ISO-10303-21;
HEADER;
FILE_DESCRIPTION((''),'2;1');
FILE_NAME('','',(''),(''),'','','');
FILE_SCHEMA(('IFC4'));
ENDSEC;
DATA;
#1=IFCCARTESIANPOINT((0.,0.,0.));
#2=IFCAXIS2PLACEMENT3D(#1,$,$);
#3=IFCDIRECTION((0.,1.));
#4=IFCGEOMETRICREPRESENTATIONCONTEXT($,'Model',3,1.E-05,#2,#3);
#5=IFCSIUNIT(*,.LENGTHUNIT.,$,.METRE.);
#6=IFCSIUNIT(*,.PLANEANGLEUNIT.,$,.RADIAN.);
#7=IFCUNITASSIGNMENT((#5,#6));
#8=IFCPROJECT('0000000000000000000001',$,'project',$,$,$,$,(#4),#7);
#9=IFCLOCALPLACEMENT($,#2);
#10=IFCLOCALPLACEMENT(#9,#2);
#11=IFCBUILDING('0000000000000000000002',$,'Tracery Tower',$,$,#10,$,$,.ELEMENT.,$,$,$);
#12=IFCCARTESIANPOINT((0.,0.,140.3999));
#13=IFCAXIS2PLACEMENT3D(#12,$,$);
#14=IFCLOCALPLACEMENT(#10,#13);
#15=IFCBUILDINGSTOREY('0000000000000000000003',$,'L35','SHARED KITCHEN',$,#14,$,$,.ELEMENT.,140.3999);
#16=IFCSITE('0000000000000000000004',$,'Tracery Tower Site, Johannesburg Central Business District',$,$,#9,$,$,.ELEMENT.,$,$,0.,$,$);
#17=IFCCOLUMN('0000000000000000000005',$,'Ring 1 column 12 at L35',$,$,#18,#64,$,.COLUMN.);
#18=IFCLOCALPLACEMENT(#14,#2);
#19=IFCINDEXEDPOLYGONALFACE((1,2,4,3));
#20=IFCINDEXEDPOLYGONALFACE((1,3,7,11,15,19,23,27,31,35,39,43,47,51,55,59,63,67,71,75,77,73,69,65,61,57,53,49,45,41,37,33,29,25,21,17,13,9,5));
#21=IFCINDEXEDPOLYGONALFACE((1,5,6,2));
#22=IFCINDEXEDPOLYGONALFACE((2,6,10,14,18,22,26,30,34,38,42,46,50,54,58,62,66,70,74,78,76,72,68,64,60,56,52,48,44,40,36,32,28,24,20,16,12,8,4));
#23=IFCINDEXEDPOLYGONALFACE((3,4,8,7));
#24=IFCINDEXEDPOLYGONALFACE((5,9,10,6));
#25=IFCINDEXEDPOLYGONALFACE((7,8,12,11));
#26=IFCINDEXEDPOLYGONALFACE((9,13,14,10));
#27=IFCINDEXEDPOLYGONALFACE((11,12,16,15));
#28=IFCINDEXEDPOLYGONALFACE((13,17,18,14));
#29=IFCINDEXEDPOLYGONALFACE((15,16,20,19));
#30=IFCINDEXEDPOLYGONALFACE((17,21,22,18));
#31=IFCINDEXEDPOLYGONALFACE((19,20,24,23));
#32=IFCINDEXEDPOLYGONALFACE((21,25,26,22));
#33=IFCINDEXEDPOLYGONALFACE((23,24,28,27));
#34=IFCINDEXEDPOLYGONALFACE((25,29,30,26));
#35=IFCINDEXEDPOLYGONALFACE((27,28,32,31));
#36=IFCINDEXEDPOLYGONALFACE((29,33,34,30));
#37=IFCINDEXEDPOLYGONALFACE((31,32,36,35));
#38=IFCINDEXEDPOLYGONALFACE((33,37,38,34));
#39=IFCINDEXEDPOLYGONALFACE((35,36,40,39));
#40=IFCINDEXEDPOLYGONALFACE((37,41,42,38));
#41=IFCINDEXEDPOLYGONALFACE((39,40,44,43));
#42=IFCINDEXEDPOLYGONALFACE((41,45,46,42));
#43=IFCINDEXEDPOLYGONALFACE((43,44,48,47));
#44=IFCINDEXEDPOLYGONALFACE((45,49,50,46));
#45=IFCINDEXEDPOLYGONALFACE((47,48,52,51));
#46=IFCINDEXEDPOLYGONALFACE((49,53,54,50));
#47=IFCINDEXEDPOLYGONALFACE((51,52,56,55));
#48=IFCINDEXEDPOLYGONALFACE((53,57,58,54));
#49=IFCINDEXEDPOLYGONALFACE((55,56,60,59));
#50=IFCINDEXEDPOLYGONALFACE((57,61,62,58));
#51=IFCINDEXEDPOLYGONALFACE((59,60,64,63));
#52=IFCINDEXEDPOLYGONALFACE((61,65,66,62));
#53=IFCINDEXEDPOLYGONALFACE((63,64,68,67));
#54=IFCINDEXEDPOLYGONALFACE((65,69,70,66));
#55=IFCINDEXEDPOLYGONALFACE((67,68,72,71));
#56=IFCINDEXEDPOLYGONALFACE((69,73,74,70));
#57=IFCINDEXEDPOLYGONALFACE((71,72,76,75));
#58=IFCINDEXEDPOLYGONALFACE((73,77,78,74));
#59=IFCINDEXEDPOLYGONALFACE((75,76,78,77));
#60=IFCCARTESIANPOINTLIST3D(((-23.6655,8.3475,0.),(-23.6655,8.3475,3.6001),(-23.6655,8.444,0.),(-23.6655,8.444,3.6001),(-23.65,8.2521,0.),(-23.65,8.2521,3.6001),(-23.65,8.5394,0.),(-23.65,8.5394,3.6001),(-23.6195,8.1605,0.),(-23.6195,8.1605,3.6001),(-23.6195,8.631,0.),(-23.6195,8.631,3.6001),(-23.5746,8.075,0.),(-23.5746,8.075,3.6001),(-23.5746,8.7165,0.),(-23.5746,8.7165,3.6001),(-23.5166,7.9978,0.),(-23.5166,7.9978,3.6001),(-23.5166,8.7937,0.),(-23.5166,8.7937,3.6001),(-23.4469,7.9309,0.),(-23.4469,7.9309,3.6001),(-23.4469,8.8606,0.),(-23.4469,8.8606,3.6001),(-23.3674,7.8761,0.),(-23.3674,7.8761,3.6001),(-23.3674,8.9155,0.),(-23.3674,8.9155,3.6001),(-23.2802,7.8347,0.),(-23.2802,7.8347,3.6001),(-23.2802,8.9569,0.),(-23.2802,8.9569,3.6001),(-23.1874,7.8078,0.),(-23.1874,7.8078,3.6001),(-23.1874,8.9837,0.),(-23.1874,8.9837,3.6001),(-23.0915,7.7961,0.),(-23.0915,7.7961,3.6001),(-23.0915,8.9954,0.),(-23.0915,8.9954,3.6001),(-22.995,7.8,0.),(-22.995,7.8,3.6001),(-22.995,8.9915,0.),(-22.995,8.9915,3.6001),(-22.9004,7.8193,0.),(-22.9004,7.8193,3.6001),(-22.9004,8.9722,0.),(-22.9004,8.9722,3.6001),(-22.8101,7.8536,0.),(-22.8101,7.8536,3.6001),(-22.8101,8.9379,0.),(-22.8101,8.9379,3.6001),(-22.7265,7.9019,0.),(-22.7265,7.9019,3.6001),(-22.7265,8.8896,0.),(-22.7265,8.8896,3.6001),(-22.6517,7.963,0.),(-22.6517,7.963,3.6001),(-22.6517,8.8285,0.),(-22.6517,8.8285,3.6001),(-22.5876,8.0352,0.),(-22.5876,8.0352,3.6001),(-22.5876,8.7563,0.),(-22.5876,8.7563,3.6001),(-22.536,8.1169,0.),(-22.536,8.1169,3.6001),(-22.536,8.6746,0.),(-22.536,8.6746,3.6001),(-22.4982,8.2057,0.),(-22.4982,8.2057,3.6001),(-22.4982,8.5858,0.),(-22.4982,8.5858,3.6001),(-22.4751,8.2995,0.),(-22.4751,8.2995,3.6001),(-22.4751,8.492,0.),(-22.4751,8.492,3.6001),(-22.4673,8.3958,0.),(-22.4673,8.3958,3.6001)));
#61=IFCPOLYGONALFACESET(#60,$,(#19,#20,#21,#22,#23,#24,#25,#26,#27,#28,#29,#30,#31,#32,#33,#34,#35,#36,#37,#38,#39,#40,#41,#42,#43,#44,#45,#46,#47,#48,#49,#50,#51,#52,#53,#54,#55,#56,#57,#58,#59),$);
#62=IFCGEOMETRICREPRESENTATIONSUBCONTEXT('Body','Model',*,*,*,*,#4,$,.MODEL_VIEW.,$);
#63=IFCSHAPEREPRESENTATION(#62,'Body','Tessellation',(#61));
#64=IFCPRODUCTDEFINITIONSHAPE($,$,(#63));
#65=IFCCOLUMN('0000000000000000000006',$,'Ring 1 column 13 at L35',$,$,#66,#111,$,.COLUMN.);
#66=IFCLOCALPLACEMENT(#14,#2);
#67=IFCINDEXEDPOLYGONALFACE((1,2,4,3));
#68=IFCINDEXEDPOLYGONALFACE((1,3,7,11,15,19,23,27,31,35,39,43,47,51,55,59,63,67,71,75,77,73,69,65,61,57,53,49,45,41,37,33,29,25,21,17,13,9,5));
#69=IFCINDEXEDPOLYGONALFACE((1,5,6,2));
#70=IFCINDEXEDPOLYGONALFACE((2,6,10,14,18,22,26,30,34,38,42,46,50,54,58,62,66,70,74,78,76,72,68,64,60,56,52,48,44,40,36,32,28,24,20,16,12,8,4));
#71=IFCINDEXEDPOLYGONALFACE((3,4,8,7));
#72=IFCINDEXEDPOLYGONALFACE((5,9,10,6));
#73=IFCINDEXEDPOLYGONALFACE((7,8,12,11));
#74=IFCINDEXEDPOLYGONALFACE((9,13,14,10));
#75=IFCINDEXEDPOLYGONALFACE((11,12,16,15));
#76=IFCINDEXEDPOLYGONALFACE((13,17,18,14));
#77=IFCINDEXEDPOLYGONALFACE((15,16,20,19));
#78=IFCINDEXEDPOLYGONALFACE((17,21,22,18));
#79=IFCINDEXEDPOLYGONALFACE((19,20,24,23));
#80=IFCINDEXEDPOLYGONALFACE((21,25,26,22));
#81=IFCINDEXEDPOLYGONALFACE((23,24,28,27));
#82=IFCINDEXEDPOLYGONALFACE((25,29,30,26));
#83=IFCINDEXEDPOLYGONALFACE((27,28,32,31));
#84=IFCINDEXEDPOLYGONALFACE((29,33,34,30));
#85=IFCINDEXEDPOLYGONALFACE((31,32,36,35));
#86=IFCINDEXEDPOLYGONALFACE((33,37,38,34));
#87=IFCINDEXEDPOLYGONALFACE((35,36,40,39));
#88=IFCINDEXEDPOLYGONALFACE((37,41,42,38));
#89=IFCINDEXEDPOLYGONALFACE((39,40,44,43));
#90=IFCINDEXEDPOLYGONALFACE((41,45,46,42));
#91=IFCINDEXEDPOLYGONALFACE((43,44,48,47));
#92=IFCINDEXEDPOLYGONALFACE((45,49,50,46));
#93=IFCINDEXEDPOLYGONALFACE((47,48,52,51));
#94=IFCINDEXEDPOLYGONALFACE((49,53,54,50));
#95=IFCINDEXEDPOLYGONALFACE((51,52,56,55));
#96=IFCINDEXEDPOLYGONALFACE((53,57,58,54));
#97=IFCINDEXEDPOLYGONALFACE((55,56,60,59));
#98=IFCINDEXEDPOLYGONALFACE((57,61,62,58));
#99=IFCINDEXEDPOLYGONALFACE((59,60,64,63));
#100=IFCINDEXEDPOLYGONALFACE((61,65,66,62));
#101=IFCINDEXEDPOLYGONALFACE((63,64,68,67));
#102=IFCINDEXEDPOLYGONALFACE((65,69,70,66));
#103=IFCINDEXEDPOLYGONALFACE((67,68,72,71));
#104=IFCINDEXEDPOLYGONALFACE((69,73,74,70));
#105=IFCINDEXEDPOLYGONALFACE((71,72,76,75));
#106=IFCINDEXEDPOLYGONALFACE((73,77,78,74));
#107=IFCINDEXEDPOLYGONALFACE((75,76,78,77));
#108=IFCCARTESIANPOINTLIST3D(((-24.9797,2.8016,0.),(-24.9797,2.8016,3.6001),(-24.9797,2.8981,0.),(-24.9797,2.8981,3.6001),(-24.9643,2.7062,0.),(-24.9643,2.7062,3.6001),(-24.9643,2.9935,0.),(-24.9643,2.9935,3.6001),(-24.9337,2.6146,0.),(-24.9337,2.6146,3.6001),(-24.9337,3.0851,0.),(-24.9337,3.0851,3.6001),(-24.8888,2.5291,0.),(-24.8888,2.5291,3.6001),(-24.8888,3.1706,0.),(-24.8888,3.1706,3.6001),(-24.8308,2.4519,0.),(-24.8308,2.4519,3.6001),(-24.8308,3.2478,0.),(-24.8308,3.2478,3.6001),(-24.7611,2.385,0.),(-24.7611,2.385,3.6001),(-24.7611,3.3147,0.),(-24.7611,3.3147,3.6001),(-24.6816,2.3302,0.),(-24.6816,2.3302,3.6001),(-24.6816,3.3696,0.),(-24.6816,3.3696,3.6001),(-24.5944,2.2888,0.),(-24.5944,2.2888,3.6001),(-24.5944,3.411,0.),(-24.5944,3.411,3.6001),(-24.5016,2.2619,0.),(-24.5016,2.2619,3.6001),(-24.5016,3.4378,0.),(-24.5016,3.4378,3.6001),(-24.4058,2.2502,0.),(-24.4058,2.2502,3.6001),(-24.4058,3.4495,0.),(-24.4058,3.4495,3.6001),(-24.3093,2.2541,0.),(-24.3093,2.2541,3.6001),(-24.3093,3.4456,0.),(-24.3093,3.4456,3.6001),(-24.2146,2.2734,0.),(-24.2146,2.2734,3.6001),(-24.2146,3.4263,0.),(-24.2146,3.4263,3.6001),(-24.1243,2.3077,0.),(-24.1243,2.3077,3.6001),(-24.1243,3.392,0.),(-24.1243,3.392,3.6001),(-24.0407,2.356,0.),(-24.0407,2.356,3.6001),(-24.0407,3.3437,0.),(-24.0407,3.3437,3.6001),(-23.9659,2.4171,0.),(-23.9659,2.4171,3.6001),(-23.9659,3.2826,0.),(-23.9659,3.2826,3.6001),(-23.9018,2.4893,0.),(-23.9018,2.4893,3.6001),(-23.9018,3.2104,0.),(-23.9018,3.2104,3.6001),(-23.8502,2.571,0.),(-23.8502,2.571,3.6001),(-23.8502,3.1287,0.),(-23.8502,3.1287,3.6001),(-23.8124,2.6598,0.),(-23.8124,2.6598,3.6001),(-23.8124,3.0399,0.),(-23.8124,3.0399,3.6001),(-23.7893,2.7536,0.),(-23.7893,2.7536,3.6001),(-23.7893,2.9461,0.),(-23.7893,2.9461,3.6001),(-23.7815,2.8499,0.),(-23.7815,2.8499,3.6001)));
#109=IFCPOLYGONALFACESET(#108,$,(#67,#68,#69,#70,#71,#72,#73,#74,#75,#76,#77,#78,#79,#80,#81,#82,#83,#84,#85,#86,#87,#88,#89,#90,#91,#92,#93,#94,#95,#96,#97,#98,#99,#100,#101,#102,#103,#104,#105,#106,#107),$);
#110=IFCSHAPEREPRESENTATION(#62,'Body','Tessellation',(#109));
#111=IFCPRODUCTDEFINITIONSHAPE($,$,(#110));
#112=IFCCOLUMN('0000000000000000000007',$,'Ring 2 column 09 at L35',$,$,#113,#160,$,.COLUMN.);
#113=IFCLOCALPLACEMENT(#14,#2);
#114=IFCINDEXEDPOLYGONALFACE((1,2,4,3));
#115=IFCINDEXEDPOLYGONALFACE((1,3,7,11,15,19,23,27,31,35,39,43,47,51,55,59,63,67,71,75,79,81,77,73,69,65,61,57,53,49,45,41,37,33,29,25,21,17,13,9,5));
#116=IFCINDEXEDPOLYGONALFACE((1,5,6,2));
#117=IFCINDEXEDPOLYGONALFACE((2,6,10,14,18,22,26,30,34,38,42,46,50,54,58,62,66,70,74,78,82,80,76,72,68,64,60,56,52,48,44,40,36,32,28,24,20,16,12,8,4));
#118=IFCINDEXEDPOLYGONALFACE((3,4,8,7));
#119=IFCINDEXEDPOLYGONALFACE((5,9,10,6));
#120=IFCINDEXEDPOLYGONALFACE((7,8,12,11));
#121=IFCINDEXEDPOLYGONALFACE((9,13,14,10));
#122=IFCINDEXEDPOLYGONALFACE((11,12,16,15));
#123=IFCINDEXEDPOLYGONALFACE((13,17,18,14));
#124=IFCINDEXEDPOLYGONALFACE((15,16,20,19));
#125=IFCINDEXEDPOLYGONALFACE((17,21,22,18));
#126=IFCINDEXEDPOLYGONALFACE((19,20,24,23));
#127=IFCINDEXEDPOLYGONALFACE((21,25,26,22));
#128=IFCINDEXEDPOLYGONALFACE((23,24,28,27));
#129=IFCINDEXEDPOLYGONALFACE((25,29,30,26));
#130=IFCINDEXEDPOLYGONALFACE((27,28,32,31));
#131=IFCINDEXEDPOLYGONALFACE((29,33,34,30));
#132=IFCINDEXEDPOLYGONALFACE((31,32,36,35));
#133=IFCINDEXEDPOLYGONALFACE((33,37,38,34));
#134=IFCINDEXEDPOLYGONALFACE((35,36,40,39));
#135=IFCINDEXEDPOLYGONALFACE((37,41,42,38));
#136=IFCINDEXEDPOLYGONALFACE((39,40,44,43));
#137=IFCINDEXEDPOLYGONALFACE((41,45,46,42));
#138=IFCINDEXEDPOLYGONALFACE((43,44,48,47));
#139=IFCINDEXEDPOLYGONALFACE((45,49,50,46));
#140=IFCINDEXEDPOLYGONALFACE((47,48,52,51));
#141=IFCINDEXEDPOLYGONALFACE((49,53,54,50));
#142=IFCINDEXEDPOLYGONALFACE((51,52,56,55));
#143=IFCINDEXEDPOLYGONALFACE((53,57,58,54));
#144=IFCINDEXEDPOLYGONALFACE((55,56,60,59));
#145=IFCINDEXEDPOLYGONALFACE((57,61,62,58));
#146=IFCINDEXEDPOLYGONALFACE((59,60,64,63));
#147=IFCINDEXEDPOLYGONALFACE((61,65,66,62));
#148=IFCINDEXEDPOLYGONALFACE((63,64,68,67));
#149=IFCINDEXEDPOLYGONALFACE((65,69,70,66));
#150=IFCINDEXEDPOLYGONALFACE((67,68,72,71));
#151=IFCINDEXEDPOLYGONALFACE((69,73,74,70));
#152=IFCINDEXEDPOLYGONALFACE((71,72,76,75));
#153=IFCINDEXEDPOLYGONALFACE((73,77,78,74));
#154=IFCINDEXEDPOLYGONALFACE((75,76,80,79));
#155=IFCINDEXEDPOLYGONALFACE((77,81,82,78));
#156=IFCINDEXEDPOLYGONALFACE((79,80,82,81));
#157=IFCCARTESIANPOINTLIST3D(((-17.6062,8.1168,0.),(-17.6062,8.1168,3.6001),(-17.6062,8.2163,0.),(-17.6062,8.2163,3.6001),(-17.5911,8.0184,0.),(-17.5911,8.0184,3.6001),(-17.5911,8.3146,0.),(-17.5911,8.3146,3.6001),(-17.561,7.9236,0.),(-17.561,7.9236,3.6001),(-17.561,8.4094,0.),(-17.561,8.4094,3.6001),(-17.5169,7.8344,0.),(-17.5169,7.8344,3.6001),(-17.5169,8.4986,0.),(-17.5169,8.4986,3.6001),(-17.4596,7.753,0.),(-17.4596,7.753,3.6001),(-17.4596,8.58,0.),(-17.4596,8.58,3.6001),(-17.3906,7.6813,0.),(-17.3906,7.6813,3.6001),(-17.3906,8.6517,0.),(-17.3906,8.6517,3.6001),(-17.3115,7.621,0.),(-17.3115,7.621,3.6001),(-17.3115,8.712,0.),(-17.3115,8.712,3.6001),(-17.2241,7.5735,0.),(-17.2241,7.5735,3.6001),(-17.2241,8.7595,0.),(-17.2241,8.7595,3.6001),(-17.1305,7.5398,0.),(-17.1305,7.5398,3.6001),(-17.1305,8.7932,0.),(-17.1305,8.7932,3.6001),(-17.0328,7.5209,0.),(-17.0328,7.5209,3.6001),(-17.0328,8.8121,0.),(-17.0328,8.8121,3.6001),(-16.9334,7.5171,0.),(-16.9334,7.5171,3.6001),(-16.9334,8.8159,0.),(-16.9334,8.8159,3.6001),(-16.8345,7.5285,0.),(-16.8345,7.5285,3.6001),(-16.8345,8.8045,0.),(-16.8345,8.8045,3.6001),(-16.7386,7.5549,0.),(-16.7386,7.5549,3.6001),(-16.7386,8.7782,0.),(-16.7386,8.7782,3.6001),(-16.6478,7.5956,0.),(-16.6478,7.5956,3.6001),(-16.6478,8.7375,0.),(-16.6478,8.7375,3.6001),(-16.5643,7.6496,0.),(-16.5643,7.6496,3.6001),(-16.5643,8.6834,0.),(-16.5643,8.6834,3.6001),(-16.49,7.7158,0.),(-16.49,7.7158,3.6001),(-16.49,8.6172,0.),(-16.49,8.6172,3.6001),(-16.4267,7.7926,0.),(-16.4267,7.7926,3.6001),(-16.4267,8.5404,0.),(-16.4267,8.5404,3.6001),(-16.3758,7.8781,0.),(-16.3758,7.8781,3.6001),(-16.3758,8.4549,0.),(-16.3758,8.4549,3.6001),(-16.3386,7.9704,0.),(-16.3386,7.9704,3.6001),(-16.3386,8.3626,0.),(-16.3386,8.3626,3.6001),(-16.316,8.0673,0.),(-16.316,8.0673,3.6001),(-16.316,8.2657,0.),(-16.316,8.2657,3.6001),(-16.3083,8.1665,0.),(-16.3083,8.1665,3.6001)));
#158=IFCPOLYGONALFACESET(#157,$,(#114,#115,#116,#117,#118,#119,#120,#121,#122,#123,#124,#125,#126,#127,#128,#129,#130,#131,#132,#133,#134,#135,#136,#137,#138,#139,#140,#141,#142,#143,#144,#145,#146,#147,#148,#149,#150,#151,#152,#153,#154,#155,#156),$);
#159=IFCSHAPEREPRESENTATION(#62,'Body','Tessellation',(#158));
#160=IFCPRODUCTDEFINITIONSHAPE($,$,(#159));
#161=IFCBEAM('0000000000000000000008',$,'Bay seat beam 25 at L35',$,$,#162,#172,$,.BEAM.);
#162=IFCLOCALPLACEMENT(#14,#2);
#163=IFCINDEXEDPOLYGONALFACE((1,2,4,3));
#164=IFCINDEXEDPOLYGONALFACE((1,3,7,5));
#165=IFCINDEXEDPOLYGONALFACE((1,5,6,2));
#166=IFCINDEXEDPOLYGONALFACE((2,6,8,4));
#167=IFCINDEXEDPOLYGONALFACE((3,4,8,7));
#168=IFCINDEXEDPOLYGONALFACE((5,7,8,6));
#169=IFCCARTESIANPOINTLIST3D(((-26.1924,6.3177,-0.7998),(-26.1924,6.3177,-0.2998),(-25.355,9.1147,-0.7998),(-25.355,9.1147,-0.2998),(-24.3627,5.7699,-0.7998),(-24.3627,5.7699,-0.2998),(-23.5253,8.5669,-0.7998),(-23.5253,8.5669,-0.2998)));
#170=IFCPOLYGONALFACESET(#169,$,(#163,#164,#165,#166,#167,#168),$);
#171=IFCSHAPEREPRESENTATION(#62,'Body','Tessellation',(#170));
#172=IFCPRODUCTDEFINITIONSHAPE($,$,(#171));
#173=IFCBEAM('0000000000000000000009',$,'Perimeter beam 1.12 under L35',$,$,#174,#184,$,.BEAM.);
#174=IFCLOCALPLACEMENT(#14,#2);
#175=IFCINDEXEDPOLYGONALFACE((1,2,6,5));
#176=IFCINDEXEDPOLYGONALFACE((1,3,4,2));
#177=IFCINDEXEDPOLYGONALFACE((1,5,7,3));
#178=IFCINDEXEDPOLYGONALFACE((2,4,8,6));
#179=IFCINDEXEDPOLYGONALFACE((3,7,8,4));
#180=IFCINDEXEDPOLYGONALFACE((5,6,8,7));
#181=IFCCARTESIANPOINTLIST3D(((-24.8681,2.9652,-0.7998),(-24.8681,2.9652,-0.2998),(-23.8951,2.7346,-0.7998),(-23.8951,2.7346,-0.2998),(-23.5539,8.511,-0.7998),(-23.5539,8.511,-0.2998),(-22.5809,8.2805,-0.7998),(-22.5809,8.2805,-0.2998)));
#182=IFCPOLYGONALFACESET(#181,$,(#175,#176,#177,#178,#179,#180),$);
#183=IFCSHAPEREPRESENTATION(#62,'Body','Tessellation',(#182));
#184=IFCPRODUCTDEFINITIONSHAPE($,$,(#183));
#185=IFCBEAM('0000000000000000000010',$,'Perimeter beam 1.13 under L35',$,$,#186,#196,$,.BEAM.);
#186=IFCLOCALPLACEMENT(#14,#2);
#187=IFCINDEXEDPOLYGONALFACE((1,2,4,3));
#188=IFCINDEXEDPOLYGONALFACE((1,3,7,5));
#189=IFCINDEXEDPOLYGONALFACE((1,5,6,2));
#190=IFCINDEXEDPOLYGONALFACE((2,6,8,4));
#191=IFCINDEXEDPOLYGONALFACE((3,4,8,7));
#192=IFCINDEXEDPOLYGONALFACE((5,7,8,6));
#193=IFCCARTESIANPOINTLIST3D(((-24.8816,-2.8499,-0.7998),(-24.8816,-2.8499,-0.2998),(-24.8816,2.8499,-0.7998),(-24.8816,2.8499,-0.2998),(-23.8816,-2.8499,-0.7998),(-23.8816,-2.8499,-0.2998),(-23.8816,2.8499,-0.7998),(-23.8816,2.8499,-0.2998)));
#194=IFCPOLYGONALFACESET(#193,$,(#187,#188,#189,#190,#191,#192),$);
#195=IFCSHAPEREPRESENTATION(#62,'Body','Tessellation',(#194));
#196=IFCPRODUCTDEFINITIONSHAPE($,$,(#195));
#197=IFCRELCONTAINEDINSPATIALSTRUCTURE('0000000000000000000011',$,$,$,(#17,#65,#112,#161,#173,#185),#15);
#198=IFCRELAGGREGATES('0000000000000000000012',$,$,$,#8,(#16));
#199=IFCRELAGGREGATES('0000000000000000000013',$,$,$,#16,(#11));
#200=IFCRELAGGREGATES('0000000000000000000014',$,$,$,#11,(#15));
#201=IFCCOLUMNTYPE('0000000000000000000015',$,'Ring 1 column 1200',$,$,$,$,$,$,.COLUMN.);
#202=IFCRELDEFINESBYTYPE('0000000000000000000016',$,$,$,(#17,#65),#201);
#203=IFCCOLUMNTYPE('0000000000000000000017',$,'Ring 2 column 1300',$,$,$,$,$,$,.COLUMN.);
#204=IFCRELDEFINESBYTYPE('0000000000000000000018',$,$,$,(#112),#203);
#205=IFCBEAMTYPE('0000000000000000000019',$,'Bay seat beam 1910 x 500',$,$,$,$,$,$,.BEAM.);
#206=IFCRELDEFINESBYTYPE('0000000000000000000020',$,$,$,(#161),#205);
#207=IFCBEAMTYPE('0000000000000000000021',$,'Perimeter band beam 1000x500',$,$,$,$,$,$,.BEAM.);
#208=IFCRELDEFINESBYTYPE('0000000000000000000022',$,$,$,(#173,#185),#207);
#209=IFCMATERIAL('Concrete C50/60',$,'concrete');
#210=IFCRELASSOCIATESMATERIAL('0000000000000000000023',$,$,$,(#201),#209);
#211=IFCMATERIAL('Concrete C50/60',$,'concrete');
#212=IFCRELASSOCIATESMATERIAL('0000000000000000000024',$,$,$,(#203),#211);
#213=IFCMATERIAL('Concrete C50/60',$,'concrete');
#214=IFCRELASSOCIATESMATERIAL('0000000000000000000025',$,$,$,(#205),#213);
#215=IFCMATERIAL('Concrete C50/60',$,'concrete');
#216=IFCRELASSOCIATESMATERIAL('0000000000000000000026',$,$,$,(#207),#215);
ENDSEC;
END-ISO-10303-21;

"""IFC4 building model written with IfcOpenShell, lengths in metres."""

from ifc_helpers import new_model, si_unit, direction, frame, origin, origin_2d, place, context, subcontext, project, spatial, rectangle, circle, extrude, material, material_profile, profile_set, type_object, element, save


model = new_model("IFC4")

# Units and contexts
model_context = context("Model", 3, precision=1e-05, world=origin(), true_north=direction((0.0, 1.0)))
body_context = subcontext(model_context, "Body", "Model", "MODEL_VIEW")
ifc_project = project(units=[si_unit("LENGTHUNIT", "METRE"), si_unit("PLANEANGLEUNIT", "RADIAN")], contexts=[model_context])

# Site, building, storey
site_placement = place(None, origin())
site = spatial("IfcSite", under=ifc_project, at=site_placement, Name="Tracery Tower Site, Johannesburg Central Business District", CompositionType="ELEMENT", RefElevation=0.0)
building_placement = place(site_placement, origin())
building = spatial("IfcBuilding", under=site, at=building_placement, Name="Tracery Tower", CompositionType="ELEMENT")
storey_placement = place(building_placement, frame((0.0, 0.0, 140.3999)))
storey = spatial("IfcBuildingStorey", under=building, at=storey_placement, Name="L35", Description="SHARED KITCHEN", CompositionType="ELEMENT", Elevation=140.3999)

# Columns
ifc_material_1 = material(Name="Concrete C50/60", Category="concrete")
ifc_material_profile_1 = material_profile(ifc_material_1, circle(Radius=0.6001, at=origin_2d()), Name="RC D1200")
ifc_profile_set_1 = profile_set([ifc_material_profile_1], Name="Concrete C50/60")
column_type_1 = type_object("IfcColumnType", Name="Ring 1 column 1200", PredefinedType="COLUMN", material=ifc_profile_set_1)
for number, where, z_axis, x_axis, name in (
    (1, (-23.0674, 8.3958, 0.0), (0.0, 0.0, 1.0), (1.0, 0.0, 0.0), "Ring 1 column 12 at L35"),
    (2, (-24.3816, 2.8499, 0.0), (0.0, 0.0, 1.0), (1.0, 0.0, 0.0), "Ring 1 column 13 at L35"),
):
    element("IfcColumn", number, at=place(storey_placement, frame(where, z_axis=z_axis, x_axis=x_axis)), inside=storey, type_object=column_type_1, Name=name, PredefinedType="COLUMN", context=body_context, shape_type="SweptSolid", body=[
        extrude(circle(Radius=0.6001, at=origin_2d()), origin(), (0.0, 0.0, 1.0), 3.6001),
    ])
ifc_material_2 = material(Name="Concrete C50/60", Category="concrete")
ifc_material_profile_2 = material_profile(ifc_material_2, circle(Radius=0.6499, at=origin_2d()), Name="RC D1300")
ifc_profile_set_2 = profile_set([ifc_material_profile_2], Name="Concrete C50/60")
column_type_2 = type_object("IfcColumnType", Name="Ring 2 column 1300", PredefinedType="COLUMN", material=ifc_profile_set_2)
column_placement = place(storey_placement, frame((-16.9583, 8.1665, 0.0), z_axis=(0.0, 0.0, 1.0), x_axis=(1.0, 0.0, 0.0)))
element("IfcColumn", 3, at=column_placement, inside=storey, type_object=column_type_2, Name="Ring 2 column 09 at L35", PredefinedType="COLUMN", context=body_context, shape_type="SweptSolid", body=[
    extrude(circle(Radius=0.6499, at=origin_2d()), origin(), (0.0, 0.0, 1.0), 3.6001),
])

# Beams
ifc_material_3 = material(Name="Concrete C50/60", Category="concrete")
ifc_material_profile_3 = material_profile(ifc_material_3, rectangle(XDim=1.9099, YDim=0.5, at=origin_2d()), Name="RC 1910x500")
ifc_profile_set_3 = profile_set([ifc_material_profile_3], Name="Concrete C50/60")
beam_type_1 = type_object("IfcBeamType", Name="Bay seat beam 1910 x 500", PredefinedType="BEAM", material=ifc_profile_set_3)
beam_1_placement = place(storey_placement, frame((-24.4402, 8.8408, -0.5498), z_axis=(-0.286803, -0.95799, 0.0), x_axis=(0.95799, -0.286803, 0.0)))
element("IfcBeam", 4, at=beam_1_placement, inside=storey, type_object=beam_type_1, Name="Bay seat beam 25 at L35", PredefinedType="BEAM", context=body_context, shape_type="SweptSolid", body=[
    extrude(rectangle(XDim=1.9099, YDim=0.5, at=origin_2d()), origin(), (0.0, 0.0, 1.0), 2.9197),
])
ifc_material_4 = material(Name="Concrete C50/60", Category="concrete")
ifc_material_profile_4 = material_profile(ifc_material_4, rectangle(XDim=1.0, YDim=0.5, at=origin_2d()), Name="RC 1000x500")
ifc_profile_set_4 = profile_set([ifc_material_profile_4], Name="Concrete C50/60")
beam_type_2 = type_object("IfcBeamType", Name="Perimeter band beam 1000x500", PredefinedType="BEAM", material=ifc_profile_set_4)
beam_2_placement = place(storey_placement, frame((-23.0674, 8.3958, -0.5498), z_axis=(-0.230584, -0.973052, 0.0), x_axis=(0.973052, -0.230584, 0.0)))
element("IfcBeam", 5, at=beam_2_placement, inside=storey, type_object=beam_type_2, Name="Perimeter beam 1.12 under L35", PredefinedType="BEAM", context=body_context, shape_type="SweptSolid", body=[
    extrude(rectangle(XDim=1.0, YDim=0.5, at=origin_2d()), origin(), (0.0, 0.0, 1.0), 5.6995),
])
beam_3_placement = place(storey_placement, frame((-24.3816, 2.8499, -0.5498), z_axis=(0.0, -1.0, 0.0), x_axis=(1.0, 0.0, 0.0)))
element("IfcBeam", 6, at=beam_3_placement, inside=storey, type_object=beam_type_2, Name="Perimeter beam 1.13 under L35", PredefinedType="BEAM", context=body_context, shape_type="SweptSolid", body=[
    extrude(rectangle(XDim=1.0, YDim=0.5, at=origin_2d()), origin(), (0.0, 0.0, 1.0), 5.6997),
])

save(model, "model.ifc")
